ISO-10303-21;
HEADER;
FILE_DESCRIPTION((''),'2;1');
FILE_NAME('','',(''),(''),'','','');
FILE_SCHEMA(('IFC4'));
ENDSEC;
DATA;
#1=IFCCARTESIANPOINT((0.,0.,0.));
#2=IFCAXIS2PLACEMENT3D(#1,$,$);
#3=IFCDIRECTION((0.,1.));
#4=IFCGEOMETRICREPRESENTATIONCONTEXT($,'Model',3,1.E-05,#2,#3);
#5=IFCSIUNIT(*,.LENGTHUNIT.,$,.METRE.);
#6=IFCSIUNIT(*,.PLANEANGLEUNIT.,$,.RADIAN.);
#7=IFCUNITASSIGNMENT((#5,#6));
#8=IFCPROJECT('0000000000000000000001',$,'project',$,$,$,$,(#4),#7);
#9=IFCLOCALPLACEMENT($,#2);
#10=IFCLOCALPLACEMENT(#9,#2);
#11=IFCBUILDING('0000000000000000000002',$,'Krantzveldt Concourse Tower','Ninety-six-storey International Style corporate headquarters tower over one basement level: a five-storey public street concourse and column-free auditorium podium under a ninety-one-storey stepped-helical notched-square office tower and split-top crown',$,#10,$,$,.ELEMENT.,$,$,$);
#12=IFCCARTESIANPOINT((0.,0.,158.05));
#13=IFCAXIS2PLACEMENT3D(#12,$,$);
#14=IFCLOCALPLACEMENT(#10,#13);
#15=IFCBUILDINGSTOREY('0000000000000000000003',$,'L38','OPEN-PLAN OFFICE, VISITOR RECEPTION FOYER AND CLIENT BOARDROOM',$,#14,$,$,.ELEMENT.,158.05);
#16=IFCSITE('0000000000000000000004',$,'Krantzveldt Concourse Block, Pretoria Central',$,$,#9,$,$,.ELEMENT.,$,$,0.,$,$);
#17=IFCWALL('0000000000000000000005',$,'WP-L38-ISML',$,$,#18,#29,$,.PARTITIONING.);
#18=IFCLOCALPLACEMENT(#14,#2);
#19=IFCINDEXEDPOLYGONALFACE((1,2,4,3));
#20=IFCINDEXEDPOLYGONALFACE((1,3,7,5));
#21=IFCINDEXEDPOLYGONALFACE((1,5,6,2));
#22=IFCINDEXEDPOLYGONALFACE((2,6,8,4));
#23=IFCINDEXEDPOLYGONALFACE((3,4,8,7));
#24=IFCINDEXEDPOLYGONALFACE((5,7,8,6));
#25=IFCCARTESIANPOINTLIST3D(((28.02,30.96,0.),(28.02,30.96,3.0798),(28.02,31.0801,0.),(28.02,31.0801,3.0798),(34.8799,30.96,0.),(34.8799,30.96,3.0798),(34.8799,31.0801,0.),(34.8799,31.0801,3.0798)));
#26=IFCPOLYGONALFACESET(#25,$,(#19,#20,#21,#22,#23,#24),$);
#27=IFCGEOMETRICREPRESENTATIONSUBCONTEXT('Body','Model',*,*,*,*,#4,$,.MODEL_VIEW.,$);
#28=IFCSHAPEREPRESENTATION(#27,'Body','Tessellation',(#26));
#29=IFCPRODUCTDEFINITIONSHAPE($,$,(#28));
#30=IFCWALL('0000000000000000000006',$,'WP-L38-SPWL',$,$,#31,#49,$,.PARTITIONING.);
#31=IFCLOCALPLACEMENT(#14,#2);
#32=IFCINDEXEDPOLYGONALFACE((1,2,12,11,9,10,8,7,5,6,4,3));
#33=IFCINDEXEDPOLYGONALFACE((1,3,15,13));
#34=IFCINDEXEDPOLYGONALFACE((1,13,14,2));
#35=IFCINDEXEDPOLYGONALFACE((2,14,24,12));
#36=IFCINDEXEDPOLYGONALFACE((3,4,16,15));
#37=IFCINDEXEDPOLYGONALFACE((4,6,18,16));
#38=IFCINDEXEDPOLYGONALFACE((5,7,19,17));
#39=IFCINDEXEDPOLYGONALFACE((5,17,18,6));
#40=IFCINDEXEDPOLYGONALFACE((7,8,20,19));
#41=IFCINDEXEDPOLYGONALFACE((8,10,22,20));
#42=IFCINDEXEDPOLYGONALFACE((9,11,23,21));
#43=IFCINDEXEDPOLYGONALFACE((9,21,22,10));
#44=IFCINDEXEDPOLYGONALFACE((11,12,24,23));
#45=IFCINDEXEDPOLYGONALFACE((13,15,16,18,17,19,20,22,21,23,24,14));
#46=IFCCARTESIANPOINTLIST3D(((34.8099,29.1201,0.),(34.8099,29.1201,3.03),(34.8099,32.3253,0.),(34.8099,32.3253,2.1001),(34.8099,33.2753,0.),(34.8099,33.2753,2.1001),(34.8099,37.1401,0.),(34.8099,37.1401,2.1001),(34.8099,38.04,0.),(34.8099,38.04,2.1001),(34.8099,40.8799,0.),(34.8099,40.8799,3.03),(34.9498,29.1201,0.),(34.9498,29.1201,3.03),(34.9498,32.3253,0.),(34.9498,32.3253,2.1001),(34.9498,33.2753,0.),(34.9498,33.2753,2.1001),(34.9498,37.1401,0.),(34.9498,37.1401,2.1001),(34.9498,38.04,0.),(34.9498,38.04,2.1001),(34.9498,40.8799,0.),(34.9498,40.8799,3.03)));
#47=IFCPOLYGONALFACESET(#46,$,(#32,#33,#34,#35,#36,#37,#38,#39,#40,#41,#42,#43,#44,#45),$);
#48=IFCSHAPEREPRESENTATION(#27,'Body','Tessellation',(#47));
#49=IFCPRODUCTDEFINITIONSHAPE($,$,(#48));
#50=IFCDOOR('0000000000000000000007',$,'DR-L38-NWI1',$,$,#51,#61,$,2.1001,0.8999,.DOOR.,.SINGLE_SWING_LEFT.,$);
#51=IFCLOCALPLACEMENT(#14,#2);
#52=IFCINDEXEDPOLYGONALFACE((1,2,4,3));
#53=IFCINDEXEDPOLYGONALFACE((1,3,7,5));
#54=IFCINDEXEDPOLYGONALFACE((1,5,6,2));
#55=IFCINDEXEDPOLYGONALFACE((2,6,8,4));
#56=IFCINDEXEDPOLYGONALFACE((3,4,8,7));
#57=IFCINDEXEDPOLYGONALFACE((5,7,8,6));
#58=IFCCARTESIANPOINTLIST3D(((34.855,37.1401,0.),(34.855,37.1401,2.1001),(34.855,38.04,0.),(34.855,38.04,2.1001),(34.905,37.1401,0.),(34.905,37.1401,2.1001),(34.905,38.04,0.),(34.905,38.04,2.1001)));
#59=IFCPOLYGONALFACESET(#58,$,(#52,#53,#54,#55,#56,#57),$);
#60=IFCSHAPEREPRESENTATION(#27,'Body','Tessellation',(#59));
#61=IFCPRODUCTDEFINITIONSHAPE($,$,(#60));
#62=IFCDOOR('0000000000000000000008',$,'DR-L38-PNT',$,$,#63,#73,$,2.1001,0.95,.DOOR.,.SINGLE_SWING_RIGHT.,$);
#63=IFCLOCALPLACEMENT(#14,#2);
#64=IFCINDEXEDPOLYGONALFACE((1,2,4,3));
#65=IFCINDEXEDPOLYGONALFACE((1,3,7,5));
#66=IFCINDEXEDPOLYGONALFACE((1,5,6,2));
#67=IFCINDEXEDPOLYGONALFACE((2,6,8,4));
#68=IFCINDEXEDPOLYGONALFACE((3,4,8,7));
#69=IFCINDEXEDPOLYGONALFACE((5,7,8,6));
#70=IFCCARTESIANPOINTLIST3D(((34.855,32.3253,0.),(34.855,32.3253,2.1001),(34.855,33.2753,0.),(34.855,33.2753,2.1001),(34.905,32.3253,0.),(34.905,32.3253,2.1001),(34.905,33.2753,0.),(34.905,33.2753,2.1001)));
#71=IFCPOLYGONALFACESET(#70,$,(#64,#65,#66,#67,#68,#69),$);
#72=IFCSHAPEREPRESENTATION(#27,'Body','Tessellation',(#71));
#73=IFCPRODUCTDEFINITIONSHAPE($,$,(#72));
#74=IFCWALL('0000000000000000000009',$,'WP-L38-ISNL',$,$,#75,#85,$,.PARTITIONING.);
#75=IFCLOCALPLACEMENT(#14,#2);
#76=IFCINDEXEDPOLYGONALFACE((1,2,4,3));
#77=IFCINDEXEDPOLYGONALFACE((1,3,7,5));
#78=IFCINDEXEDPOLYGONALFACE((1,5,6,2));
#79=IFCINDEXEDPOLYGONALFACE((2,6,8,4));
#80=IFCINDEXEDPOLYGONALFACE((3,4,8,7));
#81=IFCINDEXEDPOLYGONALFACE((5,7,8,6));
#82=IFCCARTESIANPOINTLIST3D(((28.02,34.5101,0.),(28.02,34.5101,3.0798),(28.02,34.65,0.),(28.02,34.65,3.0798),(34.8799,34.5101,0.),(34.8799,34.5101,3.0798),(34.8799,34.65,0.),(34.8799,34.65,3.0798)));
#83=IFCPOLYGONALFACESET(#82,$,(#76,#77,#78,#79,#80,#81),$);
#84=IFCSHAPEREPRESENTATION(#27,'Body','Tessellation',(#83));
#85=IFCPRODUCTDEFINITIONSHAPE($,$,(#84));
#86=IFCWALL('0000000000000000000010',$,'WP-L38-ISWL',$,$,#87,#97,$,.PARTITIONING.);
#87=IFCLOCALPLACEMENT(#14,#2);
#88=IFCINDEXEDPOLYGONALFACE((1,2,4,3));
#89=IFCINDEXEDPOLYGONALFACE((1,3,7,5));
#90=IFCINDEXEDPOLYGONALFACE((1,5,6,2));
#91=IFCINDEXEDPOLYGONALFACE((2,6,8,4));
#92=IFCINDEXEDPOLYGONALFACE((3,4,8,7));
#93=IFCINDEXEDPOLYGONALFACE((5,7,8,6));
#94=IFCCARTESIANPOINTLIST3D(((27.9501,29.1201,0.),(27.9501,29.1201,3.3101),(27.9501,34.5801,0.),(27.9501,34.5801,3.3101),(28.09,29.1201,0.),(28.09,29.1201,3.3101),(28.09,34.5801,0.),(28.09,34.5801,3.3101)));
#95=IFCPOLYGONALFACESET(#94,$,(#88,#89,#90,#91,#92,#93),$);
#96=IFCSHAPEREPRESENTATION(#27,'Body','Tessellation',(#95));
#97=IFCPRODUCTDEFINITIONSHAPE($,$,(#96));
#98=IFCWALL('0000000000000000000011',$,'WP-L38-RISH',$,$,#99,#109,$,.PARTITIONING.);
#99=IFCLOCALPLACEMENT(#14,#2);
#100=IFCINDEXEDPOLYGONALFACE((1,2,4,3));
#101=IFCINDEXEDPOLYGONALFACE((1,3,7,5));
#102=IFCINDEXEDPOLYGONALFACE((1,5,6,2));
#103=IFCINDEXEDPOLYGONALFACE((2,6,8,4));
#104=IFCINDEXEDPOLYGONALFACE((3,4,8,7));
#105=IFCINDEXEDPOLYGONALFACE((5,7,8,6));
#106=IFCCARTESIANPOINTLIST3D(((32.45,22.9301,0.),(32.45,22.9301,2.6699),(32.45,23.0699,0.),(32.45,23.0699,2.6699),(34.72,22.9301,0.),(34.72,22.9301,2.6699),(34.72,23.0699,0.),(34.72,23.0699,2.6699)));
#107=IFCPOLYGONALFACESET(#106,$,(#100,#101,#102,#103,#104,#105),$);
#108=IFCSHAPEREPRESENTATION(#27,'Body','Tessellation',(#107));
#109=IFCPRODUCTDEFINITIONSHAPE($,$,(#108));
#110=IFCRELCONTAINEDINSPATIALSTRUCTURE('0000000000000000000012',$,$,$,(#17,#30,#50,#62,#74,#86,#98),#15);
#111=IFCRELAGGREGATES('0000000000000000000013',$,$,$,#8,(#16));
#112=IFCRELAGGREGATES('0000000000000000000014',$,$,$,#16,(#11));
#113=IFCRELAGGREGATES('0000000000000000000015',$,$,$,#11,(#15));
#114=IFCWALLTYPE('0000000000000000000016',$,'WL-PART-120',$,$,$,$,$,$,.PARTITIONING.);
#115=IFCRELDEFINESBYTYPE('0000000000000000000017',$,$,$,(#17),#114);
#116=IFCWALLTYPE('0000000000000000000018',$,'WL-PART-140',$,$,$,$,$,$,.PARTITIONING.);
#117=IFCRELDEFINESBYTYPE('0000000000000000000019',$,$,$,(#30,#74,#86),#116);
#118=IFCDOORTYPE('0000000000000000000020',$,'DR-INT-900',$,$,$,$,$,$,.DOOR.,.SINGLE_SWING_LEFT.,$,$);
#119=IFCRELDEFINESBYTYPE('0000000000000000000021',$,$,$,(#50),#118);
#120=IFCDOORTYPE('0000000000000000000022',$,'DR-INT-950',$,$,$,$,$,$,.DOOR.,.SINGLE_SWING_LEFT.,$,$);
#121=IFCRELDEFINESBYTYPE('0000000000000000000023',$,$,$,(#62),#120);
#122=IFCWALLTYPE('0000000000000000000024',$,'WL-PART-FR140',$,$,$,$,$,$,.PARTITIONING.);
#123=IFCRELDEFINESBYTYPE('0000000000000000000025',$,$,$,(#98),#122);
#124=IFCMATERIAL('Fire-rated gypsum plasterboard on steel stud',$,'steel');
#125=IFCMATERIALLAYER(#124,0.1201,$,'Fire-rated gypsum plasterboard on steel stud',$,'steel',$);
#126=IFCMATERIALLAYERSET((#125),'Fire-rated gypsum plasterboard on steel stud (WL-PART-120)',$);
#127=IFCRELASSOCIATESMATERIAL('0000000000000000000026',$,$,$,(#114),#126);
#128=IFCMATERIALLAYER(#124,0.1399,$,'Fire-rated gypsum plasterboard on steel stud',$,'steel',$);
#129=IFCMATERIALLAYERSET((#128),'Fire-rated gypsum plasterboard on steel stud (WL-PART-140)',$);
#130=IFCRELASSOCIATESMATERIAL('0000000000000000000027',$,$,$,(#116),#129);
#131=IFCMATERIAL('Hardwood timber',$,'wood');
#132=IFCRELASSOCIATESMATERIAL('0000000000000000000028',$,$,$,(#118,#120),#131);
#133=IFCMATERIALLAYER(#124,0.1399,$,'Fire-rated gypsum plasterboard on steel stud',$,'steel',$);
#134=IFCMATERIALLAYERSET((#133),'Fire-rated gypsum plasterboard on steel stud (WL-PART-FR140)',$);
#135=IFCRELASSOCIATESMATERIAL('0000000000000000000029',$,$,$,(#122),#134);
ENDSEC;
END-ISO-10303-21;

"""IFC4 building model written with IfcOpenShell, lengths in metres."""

from ifc_helpers import new_model, si_unit, direction, frame, frame_2d, origin, place, context, subcontext, project, spatial, rectangle, extrude, material, layer, layer_set, type_object, element, fill, save


model = new_model("IFC4")

# Units and contexts
model_context = context("Model", 3, precision=1e-05, world=origin(), true_north=direction((0.0, 1.0)))
body_context = subcontext(model_context, "Body", "Model", "MODEL_VIEW")
ifc_project = project(units=[si_unit("LENGTHUNIT", "METRE"), si_unit("PLANEANGLEUNIT", "RADIAN")], contexts=[model_context])

# Site, building, storey
site_placement = place(None, origin())
site = spatial("IfcSite", under=ifc_project, at=site_placement, Name="Krantzveldt Concourse Block, Pretoria Central", CompositionType="ELEMENT", RefElevation=0.0)
building_placement = place(site_placement, origin())
building = spatial("IfcBuilding", under=site, at=building_placement, Name="Krantzveldt Concourse Tower", Description="Ninety-six-storey International Style corporate headquarters tower over one basement level: a five-storey public street concourse and column-free auditorium podium under a ninety-one-storey stepped-helical notched-square office tower and split-top crown", CompositionType="ELEMENT")
storey_placement = place(building_placement, frame((0.0, 0.0, 158.05)))
storey = spatial("IfcBuildingStorey", under=building, at=storey_placement, Name="L38", Description="OPEN-PLAN OFFICE, VISITOR RECEPTION FOYER AND CLIENT BOARDROOM", CompositionType="ELEMENT", Elevation=158.05)

# Wall
ifc_material_1 = material(Name="Fire-rated gypsum plasterboard on steel stud", Category="steel")
ifc_layer_1 = layer(ifc_material_1, 0.1201, Name="Fire-rated gypsum plasterboard on steel stud", Category="steel")
ifc_layer_set_1 = layer_set([ifc_layer_1], Name="Fire-rated gypsum plasterboard on steel stud (WL-PART-120)")
wall_type_1 = type_object("IfcWallType", Name="WL-PART-120", PredefinedType="PARTITIONING", material=ifc_layer_set_1)
wall_1_placement = place(storey_placement, frame((28.02, 31.02, 0.0), z_axis=(0.0, 0.0, 1.0), x_axis=(1.0, 0.0, 0.0)))
element("IfcWall", 1, at=wall_1_placement, inside=storey, type_object=wall_type_1, Name="WP-L38-ISML", PredefinedType="PARTITIONING", context=body_context, shape_type="SweptSolid", body=[
    extrude(rectangle(XDim=6.8599, YDim=0.1201, at=frame_2d((3.4299, 0.0))), origin(), (0.0, 0.0, 1.0), 3.0798),
])

# Wall, openings, doors
ifc_layer_2 = layer(ifc_material_1, 0.1399, Name="Fire-rated gypsum plasterboard on steel stud", Category="steel")
ifc_layer_set_2 = layer_set([ifc_layer_2], Name="Fire-rated gypsum plasterboard on steel stud (WL-PART-140)")
wall_type_2 = type_object("IfcWallType", Name="WL-PART-140", PredefinedType="PARTITIONING", material=ifc_layer_set_2)
wall_2_placement = place(storey_placement, frame((34.8799, 29.1201, 0.0), z_axis=(0.0, 0.0, 1.0), x_axis=(0.0, 1.0, 0.0)))
wall_2 = element("IfcWall", 2, at=wall_2_placement, inside=storey, type_object=wall_type_2, Name="WP-L38-SPWL", PredefinedType="PARTITIONING", context=body_context, shape_type="SweptSolid", body=[
    extrude(rectangle(XDim=11.7598, YDim=0.1399, at=frame_2d((5.8799, 0.0))), origin(), (0.0, 0.0, 1.0), 3.03),
])
opening_1_placement = place(wall_2_placement, frame((3.2051, 0.0, 0.0)))
opening_1 = element("IfcOpeningElement", 3, at=opening_1_placement, cuts=wall_2, PredefinedType="OPENING", context=body_context, shape_type="SweptSolid", body=[
    extrude(rectangle(XDim=0.95, YDim=2.1001, at=frame_2d((0.4751, 1.05))), frame((0.0, 0.0801, 0.0), z_axis=(0.0, -1.0, 0.0), x_axis=(1.0, 0.0, 0.0)), (0.0, 0.0, 1.0), 0.1599),
])
opening_2_placement = place(wall_2_placement, frame((8.02, 0.0, 0.0)))
opening_2 = element("IfcOpeningElement", 4, at=opening_2_placement, cuts=wall_2, PredefinedType="OPENING", context=body_context, shape_type="SweptSolid", body=[
    extrude(rectangle(XDim=0.8999, YDim=2.1001, at=frame_2d((0.45, 1.05))), frame((0.0, 0.0801, 0.0), z_axis=(0.0, -1.0, 0.0), x_axis=(1.0, 0.0, 0.0)), (0.0, 0.0, 1.0), 0.1599),
])
ifc_material_2 = material(Name="Hardwood timber", Category="wood")
door_type_1 = type_object("IfcDoorType", Name="DR-INT-900", OperationType="SINGLE_SWING_LEFT", PredefinedType="DOOR", material=ifc_material_2)
door_1_placement = place(opening_2_placement, origin())
door_1 = element("IfcDoor", 5, at=door_1_placement, inside=storey, type_object=door_type_1, Name="DR-L38-NWI1", OperationType="SINGLE_SWING_LEFT", OverallHeight=2.1001, OverallWidth=0.8999, PredefinedType="DOOR", context=body_context, shape_type="SweptSolid", body=[
    extrude(rectangle(XDim=0.8999, YDim=2.1001, at=frame_2d((0.45, 1.05))), frame((0.0, 0.0249, 0.0), z_axis=(0.0, -1.0, 0.0), x_axis=(1.0, 0.0, 0.0)), (0.0, 0.0, 1.0), 0.05),
])
fill(opening_2, door_1)
door_type_2 = type_object("IfcDoorType", Name="DR-INT-950", OperationType="SINGLE_SWING_LEFT", PredefinedType="DOOR", material=ifc_material_2)
door_2_placement = place(opening_1_placement, origin())
door_2 = element("IfcDoor", 6, at=door_2_placement, inside=storey, type_object=door_type_2, Name="DR-L38-PNT", OperationType="SINGLE_SWING_RIGHT", OverallHeight=2.1001, OverallWidth=0.95, PredefinedType="DOOR", context=body_context, shape_type="SweptSolid", body=[
    extrude(rectangle(XDim=0.95, YDim=2.1001, at=frame_2d((0.4751, 1.05))), frame((0.0, 0.0249, 0.0), z_axis=(0.0, -1.0, 0.0), x_axis=(1.0, 0.0, 0.0)), (0.0, 0.0, 1.0), 0.05),
])
fill(opening_1, door_2)

# Walls
wall_3_placement = place(storey_placement, frame((28.02, 34.5801, 0.0), z_axis=(0.0, 0.0, 1.0), x_axis=(1.0, 0.0, 0.0)))
element("IfcWall", 7, at=wall_3_placement, inside=storey, type_object=wall_type_2, Name="WP-L38-ISNL", PredefinedType="PARTITIONING", context=body_context, shape_type="SweptSolid", body=[
    extrude(rectangle(XDim=6.8599, YDim=0.1399, at=frame_2d((3.4299, 0.0))), origin(), (0.0, 0.0, 1.0), 3.0798),
])
wall_4_placement = place(storey_placement, frame((28.02, 29.1201, 0.0), z_axis=(0.0, 0.0, 1.0), x_axis=(0.0, 1.0, 0.0)))
element("IfcWall", 8, at=wall_4_placement, inside=storey, type_object=wall_type_2, Name="WP-L38-ISWL", PredefinedType="PARTITIONING", context=body_context, shape_type="SweptSolid", body=[
    extrude(rectangle(XDim=5.46, YDim=0.1399, at=frame_2d((2.73, 0.0))), origin(), (0.0, 0.0, 1.0), 3.3101),
])
ifc_layer_3 = layer(ifc_material_1, 0.1399, Name="Fire-rated gypsum plasterboard on steel stud", Category="steel")
ifc_layer_set_3 = layer_set([ifc_layer_3], Name="Fire-rated gypsum plasterboard on steel stud (WL-PART-FR140)")
wall_type_3 = type_object("IfcWallType", Name="WL-PART-FR140", PredefinedType="PARTITIONING", material=ifc_layer_set_3)
wall_5_placement = place(storey_placement, frame((32.45, 23.0, 0.0), z_axis=(0.0, 0.0, 1.0), x_axis=(1.0, 0.0, 0.0)))
element("IfcWall", 9, at=wall_5_placement, inside=storey, type_object=wall_type_3, Name="WP-L38-RISH", PredefinedType="PARTITIONING", context=body_context, shape_type="SweptSolid", body=[
    extrude(rectangle(XDim=2.27, YDim=0.1399, at=frame_2d((1.135, 0.0))), origin(), (0.0, 0.0, 1.0), 2.6699),
])

save(model, "model.ifc")
